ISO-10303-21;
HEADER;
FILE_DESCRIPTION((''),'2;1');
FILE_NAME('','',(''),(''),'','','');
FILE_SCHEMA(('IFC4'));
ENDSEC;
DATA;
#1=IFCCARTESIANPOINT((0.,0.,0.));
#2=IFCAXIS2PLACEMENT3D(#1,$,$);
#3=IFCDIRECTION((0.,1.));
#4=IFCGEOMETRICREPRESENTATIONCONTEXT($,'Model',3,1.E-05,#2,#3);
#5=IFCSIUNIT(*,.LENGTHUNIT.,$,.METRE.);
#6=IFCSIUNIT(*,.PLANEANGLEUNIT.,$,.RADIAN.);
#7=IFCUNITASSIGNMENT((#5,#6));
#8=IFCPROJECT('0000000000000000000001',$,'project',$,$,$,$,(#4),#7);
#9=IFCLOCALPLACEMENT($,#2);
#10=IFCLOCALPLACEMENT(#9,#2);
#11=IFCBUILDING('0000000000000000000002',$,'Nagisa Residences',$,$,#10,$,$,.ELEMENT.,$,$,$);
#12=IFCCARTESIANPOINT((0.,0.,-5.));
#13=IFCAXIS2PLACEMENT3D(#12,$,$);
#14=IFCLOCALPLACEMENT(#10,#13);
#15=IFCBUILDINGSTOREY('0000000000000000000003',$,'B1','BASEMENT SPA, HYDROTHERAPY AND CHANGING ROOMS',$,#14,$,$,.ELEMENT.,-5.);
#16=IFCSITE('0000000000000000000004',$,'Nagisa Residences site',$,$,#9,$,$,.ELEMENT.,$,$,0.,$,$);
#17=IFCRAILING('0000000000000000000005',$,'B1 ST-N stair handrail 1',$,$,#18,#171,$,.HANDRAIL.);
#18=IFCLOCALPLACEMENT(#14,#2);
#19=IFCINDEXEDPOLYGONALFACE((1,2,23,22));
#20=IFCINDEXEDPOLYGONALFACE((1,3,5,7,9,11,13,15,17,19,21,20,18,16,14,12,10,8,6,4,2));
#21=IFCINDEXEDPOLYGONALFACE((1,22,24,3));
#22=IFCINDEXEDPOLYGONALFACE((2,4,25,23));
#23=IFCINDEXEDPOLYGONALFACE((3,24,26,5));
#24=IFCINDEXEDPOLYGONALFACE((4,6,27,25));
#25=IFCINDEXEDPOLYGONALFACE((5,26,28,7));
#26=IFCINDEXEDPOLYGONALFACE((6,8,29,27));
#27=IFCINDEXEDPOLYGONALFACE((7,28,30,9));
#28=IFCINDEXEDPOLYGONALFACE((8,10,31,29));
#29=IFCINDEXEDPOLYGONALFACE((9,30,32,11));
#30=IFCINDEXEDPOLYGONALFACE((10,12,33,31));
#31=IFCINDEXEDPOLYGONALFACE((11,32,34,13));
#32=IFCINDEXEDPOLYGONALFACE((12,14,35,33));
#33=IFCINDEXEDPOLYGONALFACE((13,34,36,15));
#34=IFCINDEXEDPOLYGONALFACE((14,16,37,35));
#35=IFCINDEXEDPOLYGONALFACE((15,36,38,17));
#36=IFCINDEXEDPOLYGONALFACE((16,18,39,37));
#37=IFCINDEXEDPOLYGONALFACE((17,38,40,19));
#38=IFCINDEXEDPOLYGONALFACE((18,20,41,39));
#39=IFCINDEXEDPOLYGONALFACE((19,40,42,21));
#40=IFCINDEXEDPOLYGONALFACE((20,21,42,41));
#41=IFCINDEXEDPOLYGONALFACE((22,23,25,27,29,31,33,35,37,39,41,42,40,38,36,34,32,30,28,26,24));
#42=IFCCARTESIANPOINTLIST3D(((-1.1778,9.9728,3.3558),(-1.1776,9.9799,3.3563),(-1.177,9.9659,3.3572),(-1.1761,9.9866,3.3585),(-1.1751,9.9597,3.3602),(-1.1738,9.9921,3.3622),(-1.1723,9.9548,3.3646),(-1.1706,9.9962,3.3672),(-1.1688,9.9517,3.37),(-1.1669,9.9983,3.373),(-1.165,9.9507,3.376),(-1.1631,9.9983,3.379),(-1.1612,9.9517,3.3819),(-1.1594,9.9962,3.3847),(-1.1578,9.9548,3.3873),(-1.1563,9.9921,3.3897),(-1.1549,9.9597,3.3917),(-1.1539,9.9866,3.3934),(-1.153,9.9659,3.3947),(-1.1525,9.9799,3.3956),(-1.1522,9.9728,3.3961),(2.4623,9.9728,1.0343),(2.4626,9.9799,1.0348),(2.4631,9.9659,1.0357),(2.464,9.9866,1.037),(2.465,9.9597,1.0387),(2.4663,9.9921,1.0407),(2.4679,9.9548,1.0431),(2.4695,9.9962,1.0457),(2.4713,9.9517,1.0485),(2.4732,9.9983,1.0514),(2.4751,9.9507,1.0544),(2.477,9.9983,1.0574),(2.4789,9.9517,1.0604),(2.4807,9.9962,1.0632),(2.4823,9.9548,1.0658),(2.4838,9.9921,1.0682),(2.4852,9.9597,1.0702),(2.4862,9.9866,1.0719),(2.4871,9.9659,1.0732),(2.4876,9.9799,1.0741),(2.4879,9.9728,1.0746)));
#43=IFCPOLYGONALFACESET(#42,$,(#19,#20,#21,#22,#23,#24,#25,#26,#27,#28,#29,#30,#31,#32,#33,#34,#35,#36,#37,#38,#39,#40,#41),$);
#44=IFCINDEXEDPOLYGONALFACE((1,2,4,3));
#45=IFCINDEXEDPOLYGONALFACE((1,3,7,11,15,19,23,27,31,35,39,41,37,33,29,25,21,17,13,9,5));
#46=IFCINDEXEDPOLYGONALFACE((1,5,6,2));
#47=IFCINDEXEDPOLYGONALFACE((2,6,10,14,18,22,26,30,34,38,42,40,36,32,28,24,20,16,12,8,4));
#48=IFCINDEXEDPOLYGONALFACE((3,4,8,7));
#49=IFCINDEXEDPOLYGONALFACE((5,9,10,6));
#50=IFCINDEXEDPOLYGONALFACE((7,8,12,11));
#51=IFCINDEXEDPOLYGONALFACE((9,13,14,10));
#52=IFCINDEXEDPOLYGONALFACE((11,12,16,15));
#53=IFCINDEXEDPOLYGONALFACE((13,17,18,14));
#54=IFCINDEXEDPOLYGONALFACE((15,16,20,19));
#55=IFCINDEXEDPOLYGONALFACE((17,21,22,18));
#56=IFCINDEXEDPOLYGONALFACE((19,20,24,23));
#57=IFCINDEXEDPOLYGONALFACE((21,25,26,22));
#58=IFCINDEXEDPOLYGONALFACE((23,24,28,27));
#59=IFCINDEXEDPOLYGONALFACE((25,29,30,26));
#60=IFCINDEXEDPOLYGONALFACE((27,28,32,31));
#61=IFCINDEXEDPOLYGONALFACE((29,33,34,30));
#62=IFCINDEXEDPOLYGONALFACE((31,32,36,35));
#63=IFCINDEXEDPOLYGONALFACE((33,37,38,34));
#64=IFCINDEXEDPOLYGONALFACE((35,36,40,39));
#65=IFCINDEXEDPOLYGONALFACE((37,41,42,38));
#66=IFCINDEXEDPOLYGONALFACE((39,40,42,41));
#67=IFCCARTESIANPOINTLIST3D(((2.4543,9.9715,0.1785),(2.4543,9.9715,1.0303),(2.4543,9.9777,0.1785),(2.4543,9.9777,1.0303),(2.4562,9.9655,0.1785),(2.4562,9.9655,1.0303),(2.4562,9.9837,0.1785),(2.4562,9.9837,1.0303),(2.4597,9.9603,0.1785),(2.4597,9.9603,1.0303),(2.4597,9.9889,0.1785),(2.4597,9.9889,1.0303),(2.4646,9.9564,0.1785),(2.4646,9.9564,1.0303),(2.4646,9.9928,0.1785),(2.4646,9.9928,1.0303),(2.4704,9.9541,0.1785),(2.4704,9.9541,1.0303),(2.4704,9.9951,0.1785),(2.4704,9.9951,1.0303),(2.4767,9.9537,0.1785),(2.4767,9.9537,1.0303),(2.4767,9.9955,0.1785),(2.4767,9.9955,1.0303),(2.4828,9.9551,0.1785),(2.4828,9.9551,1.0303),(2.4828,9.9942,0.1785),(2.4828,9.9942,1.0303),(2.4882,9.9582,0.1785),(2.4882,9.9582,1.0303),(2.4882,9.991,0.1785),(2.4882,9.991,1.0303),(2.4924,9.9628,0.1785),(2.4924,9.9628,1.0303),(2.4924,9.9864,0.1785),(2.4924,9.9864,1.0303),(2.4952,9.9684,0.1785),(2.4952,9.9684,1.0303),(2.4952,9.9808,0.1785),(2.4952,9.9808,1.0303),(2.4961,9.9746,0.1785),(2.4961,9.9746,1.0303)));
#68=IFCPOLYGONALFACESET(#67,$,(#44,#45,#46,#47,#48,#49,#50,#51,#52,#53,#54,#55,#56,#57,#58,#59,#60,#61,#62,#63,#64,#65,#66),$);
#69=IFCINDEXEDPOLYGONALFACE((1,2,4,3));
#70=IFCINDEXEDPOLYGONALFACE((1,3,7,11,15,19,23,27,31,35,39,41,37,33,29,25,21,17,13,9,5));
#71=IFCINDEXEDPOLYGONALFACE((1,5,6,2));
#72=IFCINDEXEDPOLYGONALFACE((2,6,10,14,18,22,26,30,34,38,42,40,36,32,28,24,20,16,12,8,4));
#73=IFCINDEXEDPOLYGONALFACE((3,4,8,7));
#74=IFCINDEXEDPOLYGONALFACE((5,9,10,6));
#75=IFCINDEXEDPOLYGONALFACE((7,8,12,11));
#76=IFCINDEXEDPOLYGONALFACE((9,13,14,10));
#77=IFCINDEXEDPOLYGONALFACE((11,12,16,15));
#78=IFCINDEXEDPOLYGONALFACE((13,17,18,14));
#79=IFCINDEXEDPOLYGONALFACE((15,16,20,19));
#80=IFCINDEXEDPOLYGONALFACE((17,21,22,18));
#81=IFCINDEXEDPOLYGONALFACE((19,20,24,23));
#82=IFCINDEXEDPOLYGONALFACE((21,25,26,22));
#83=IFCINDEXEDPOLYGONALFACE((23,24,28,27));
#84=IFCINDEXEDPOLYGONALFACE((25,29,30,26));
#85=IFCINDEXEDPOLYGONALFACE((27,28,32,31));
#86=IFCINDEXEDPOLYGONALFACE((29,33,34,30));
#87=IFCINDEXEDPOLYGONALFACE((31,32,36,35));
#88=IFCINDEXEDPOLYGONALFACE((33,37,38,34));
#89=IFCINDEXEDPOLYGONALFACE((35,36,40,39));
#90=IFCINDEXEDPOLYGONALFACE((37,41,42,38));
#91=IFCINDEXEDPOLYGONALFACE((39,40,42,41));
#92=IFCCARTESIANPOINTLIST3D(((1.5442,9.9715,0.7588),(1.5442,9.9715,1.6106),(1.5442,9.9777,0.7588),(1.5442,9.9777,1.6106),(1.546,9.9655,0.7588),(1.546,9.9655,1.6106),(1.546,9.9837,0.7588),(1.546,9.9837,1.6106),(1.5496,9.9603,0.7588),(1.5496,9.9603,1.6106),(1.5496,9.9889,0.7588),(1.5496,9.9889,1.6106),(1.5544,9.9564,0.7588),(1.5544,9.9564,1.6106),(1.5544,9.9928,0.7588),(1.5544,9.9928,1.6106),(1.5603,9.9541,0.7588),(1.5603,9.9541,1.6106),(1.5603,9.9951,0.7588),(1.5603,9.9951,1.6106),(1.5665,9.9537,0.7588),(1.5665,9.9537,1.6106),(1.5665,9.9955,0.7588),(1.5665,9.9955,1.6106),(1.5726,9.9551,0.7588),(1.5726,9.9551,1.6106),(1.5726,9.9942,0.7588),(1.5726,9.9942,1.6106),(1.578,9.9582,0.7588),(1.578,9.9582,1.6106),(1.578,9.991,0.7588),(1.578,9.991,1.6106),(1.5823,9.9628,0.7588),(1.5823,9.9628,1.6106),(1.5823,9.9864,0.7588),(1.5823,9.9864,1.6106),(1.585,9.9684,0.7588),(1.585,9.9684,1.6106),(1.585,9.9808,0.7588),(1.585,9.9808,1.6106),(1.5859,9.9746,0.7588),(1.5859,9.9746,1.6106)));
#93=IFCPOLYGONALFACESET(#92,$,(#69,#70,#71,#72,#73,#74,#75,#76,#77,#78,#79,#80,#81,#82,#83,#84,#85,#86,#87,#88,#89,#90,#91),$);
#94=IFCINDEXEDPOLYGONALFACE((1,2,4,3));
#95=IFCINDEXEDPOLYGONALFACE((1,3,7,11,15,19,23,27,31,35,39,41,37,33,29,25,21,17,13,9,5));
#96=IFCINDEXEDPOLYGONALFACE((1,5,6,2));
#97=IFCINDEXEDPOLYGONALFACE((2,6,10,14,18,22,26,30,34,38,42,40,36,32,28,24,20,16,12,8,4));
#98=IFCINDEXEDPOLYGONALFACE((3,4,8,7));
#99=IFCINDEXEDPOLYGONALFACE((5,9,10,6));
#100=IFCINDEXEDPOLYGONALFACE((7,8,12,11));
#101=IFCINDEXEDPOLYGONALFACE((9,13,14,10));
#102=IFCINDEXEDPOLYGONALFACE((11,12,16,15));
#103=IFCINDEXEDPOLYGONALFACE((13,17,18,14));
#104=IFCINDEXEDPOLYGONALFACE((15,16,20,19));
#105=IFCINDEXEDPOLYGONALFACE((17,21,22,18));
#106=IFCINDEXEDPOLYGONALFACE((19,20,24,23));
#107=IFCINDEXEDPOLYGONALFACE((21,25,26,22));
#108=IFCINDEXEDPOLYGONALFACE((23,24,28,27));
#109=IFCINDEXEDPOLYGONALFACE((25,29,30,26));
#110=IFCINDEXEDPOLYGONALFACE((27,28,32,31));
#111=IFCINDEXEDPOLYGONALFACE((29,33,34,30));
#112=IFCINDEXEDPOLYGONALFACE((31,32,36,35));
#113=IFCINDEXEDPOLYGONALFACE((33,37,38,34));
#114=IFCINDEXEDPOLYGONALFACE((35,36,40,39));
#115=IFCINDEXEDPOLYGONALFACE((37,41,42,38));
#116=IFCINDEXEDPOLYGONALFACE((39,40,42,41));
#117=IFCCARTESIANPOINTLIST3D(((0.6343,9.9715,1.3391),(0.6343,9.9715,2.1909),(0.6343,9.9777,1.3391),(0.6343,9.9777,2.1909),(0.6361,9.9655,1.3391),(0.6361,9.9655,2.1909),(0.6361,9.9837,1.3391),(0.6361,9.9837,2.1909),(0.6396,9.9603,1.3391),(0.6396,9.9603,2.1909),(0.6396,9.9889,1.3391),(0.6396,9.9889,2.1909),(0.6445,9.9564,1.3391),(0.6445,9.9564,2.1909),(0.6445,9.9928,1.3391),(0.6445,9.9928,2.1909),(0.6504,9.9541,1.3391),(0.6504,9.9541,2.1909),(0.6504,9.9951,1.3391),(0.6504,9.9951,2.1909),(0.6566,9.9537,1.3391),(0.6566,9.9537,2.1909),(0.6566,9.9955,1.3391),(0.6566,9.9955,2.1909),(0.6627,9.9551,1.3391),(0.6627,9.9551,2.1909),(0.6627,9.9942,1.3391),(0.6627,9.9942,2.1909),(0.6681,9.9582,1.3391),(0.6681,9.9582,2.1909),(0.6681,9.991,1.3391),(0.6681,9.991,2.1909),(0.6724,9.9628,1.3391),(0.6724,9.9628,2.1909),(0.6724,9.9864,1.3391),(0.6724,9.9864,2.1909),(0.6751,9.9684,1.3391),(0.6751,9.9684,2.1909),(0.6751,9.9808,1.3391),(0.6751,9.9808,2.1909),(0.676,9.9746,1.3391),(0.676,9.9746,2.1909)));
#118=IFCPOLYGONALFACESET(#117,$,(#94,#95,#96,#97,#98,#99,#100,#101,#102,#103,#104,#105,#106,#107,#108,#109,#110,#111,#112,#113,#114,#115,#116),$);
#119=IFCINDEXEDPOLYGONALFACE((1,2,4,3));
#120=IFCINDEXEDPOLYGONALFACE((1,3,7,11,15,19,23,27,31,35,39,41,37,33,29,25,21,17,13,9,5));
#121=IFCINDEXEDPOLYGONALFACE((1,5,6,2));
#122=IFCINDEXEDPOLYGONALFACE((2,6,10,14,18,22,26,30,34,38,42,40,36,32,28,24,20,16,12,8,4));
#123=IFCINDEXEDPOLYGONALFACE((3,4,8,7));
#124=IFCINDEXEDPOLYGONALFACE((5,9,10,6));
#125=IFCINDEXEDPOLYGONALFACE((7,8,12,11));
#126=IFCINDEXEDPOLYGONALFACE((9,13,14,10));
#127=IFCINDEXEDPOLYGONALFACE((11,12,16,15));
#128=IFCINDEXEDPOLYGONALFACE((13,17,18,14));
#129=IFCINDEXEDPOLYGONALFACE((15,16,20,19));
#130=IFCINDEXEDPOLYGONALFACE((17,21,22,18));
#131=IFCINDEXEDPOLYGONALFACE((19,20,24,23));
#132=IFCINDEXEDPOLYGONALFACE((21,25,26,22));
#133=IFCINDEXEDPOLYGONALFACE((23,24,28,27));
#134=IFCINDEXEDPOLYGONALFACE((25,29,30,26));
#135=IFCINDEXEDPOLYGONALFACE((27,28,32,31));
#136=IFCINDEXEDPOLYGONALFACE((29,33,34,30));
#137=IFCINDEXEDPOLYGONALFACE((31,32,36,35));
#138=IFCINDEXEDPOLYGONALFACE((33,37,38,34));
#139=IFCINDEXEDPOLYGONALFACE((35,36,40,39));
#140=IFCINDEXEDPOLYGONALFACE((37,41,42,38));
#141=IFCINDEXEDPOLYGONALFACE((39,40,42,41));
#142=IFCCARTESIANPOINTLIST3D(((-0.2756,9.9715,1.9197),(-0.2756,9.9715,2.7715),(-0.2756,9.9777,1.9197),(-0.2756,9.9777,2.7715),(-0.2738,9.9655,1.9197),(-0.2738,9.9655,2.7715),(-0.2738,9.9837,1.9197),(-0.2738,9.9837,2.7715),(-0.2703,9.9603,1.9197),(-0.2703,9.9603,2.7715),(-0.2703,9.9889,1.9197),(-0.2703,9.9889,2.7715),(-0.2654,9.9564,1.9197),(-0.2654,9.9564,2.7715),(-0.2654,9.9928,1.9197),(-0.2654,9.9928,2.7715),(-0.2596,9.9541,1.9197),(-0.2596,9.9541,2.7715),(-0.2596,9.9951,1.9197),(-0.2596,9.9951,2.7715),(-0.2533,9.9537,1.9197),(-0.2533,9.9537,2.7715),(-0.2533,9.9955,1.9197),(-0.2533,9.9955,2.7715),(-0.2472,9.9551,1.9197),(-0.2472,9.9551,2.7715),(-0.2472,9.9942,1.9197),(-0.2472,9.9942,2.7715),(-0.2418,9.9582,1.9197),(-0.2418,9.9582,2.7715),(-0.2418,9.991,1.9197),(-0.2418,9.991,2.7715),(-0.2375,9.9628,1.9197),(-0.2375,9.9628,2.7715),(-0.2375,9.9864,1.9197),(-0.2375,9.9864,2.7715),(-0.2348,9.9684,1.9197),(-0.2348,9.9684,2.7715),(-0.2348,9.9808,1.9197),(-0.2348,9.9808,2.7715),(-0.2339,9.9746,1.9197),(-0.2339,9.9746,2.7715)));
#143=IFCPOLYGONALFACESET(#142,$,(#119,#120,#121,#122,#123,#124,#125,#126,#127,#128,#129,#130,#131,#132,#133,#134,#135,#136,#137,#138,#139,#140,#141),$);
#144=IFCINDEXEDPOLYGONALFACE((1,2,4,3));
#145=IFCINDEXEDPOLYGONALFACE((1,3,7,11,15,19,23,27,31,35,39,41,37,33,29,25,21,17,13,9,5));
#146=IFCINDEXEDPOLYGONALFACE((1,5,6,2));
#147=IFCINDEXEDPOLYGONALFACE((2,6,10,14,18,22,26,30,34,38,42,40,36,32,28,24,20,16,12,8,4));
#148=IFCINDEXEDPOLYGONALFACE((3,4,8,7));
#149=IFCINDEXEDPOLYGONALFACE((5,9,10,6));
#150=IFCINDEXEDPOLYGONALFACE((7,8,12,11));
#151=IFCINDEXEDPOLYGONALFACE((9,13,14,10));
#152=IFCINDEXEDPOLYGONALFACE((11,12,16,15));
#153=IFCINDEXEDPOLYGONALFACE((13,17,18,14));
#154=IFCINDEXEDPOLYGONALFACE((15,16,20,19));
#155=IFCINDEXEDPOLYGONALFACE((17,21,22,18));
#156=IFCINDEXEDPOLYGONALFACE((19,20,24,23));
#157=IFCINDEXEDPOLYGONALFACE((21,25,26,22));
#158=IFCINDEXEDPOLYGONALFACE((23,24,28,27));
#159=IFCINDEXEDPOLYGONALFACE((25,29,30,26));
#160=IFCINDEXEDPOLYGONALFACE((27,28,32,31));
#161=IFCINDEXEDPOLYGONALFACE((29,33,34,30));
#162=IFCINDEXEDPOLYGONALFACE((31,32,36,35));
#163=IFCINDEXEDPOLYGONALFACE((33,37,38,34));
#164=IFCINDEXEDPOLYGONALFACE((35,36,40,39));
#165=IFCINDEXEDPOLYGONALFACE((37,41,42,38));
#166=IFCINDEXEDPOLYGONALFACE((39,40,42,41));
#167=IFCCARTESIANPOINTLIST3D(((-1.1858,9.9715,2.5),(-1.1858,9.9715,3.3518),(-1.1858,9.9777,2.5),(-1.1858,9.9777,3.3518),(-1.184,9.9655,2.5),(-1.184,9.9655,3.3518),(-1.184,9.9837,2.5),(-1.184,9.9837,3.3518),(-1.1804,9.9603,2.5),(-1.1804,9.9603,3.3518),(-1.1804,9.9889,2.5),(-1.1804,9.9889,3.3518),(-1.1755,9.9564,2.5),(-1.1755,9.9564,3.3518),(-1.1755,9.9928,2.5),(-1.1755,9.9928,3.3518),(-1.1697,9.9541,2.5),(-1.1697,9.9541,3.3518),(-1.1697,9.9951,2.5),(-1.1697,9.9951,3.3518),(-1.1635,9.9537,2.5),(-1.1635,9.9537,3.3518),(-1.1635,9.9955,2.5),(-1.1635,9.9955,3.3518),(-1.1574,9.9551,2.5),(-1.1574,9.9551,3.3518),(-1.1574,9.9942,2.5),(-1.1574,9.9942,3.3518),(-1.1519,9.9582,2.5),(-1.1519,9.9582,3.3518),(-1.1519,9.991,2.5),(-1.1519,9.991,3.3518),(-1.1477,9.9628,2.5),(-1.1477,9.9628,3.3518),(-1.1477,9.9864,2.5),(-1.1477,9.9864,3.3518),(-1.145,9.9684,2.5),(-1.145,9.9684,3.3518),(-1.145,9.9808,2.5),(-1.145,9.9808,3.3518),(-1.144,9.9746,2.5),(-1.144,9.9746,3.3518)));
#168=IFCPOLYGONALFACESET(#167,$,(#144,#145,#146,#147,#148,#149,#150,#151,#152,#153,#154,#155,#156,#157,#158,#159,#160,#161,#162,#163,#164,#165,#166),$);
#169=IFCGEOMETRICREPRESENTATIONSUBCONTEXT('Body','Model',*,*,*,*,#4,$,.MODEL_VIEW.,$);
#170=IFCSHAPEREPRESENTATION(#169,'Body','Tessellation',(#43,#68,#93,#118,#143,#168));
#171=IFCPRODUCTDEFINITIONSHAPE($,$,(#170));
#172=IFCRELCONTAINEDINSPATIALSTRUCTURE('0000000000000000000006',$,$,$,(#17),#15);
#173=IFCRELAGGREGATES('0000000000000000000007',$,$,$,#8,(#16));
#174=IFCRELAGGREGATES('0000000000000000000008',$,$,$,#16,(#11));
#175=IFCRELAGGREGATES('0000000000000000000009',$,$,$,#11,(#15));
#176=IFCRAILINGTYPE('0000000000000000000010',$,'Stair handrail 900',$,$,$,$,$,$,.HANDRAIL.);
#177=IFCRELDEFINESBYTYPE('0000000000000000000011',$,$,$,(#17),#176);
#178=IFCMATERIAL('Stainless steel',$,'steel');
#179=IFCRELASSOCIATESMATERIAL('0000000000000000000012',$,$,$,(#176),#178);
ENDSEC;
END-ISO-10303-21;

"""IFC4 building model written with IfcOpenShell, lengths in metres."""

from ifc_helpers import new_model, si_unit, direction, frame, origin, origin_2d, place, context, subcontext, project, spatial, circle, extrude, material, type_object, element, save


model = new_model("IFC4")

# Units and contexts
model_context = context("Model", 3, precision=1e-05, world=origin(), true_north=direction((0.0, 1.0)))
body_context = subcontext(model_context, "Body", "Model", "MODEL_VIEW")
ifc_project = project(units=[si_unit("LENGTHUNIT", "METRE"), si_unit("PLANEANGLEUNIT", "RADIAN")], contexts=[model_context])

# Site, building, storey
site_placement = place(None, origin())
site = spatial("IfcSite", under=ifc_project, at=site_placement, Name="Nagisa Residences site", CompositionType="ELEMENT", RefElevation=0.0)
building_placement = place(site_placement, origin())
building = spatial("IfcBuilding", under=site, at=building_placement, Name="Nagisa Residences", CompositionType="ELEMENT")
storey_placement = place(building_placement, frame((0.0, 0.0, -5.0)))
storey = spatial("IfcBuildingStorey", under=building, at=storey_placement, Name="B1", Description="BASEMENT SPA, HYDROTHERAPY AND CHANGING ROOMS", CompositionType="ELEMENT", Elevation=-5.0)

# Railing
ifc_material_1 = material(Name="Stainless steel", Category="steel")
railing_type_1 = type_object("IfcRailingType", Name="Stair handrail 900", PredefinedType="HANDRAIL", material=ifc_material_1)
railing_1_placement = place(storey_placement, frame((2.4751, 9.9746, 0.1785)))
element("IfcRailing", 1, at=railing_1_placement, inside=storey, type_object=railing_type_1, Name="B1 ST-N stair handrail 1", PredefinedType="HANDRAIL", context=body_context, shape_type="SweptSolid", body=[
    extrude(circle(Radius=0.0239, at=origin_2d()), frame((0.0, 0.0, 0.876), z_axis=(-0.843128, 0.0, 0.537713), x_axis=(0.0, -1.0, 0.0)), (0.0, 0.0, 1.0), 4.3174),
    extrude(circle(Radius=0.021, at=origin_2d()), origin(), (0.0, 0.0, 1.0), 0.8518),
    extrude(circle(Radius=0.021, at=origin_2d()), frame((-0.9102, 0.0, 0.5803)), (0.0, 0.0, 1.0), 0.8518),
    extrude(circle(Radius=0.021, at=origin_2d()), frame((-1.8201, 0.0, 1.1606)), (0.0, 0.0, 1.0), 0.8518),
    extrude(circle(Radius=0.021, at=origin_2d()), frame((-2.73, 0.0, 1.7412)), (0.0, 0.0, 1.0), 0.8518),
    extrude(circle(Radius=0.021, at=origin_2d()), frame((-3.6401, 0.0, 2.3215)), (0.0, 0.0, 1.0), 0.8518),
])

save(model, "model.ifc")
